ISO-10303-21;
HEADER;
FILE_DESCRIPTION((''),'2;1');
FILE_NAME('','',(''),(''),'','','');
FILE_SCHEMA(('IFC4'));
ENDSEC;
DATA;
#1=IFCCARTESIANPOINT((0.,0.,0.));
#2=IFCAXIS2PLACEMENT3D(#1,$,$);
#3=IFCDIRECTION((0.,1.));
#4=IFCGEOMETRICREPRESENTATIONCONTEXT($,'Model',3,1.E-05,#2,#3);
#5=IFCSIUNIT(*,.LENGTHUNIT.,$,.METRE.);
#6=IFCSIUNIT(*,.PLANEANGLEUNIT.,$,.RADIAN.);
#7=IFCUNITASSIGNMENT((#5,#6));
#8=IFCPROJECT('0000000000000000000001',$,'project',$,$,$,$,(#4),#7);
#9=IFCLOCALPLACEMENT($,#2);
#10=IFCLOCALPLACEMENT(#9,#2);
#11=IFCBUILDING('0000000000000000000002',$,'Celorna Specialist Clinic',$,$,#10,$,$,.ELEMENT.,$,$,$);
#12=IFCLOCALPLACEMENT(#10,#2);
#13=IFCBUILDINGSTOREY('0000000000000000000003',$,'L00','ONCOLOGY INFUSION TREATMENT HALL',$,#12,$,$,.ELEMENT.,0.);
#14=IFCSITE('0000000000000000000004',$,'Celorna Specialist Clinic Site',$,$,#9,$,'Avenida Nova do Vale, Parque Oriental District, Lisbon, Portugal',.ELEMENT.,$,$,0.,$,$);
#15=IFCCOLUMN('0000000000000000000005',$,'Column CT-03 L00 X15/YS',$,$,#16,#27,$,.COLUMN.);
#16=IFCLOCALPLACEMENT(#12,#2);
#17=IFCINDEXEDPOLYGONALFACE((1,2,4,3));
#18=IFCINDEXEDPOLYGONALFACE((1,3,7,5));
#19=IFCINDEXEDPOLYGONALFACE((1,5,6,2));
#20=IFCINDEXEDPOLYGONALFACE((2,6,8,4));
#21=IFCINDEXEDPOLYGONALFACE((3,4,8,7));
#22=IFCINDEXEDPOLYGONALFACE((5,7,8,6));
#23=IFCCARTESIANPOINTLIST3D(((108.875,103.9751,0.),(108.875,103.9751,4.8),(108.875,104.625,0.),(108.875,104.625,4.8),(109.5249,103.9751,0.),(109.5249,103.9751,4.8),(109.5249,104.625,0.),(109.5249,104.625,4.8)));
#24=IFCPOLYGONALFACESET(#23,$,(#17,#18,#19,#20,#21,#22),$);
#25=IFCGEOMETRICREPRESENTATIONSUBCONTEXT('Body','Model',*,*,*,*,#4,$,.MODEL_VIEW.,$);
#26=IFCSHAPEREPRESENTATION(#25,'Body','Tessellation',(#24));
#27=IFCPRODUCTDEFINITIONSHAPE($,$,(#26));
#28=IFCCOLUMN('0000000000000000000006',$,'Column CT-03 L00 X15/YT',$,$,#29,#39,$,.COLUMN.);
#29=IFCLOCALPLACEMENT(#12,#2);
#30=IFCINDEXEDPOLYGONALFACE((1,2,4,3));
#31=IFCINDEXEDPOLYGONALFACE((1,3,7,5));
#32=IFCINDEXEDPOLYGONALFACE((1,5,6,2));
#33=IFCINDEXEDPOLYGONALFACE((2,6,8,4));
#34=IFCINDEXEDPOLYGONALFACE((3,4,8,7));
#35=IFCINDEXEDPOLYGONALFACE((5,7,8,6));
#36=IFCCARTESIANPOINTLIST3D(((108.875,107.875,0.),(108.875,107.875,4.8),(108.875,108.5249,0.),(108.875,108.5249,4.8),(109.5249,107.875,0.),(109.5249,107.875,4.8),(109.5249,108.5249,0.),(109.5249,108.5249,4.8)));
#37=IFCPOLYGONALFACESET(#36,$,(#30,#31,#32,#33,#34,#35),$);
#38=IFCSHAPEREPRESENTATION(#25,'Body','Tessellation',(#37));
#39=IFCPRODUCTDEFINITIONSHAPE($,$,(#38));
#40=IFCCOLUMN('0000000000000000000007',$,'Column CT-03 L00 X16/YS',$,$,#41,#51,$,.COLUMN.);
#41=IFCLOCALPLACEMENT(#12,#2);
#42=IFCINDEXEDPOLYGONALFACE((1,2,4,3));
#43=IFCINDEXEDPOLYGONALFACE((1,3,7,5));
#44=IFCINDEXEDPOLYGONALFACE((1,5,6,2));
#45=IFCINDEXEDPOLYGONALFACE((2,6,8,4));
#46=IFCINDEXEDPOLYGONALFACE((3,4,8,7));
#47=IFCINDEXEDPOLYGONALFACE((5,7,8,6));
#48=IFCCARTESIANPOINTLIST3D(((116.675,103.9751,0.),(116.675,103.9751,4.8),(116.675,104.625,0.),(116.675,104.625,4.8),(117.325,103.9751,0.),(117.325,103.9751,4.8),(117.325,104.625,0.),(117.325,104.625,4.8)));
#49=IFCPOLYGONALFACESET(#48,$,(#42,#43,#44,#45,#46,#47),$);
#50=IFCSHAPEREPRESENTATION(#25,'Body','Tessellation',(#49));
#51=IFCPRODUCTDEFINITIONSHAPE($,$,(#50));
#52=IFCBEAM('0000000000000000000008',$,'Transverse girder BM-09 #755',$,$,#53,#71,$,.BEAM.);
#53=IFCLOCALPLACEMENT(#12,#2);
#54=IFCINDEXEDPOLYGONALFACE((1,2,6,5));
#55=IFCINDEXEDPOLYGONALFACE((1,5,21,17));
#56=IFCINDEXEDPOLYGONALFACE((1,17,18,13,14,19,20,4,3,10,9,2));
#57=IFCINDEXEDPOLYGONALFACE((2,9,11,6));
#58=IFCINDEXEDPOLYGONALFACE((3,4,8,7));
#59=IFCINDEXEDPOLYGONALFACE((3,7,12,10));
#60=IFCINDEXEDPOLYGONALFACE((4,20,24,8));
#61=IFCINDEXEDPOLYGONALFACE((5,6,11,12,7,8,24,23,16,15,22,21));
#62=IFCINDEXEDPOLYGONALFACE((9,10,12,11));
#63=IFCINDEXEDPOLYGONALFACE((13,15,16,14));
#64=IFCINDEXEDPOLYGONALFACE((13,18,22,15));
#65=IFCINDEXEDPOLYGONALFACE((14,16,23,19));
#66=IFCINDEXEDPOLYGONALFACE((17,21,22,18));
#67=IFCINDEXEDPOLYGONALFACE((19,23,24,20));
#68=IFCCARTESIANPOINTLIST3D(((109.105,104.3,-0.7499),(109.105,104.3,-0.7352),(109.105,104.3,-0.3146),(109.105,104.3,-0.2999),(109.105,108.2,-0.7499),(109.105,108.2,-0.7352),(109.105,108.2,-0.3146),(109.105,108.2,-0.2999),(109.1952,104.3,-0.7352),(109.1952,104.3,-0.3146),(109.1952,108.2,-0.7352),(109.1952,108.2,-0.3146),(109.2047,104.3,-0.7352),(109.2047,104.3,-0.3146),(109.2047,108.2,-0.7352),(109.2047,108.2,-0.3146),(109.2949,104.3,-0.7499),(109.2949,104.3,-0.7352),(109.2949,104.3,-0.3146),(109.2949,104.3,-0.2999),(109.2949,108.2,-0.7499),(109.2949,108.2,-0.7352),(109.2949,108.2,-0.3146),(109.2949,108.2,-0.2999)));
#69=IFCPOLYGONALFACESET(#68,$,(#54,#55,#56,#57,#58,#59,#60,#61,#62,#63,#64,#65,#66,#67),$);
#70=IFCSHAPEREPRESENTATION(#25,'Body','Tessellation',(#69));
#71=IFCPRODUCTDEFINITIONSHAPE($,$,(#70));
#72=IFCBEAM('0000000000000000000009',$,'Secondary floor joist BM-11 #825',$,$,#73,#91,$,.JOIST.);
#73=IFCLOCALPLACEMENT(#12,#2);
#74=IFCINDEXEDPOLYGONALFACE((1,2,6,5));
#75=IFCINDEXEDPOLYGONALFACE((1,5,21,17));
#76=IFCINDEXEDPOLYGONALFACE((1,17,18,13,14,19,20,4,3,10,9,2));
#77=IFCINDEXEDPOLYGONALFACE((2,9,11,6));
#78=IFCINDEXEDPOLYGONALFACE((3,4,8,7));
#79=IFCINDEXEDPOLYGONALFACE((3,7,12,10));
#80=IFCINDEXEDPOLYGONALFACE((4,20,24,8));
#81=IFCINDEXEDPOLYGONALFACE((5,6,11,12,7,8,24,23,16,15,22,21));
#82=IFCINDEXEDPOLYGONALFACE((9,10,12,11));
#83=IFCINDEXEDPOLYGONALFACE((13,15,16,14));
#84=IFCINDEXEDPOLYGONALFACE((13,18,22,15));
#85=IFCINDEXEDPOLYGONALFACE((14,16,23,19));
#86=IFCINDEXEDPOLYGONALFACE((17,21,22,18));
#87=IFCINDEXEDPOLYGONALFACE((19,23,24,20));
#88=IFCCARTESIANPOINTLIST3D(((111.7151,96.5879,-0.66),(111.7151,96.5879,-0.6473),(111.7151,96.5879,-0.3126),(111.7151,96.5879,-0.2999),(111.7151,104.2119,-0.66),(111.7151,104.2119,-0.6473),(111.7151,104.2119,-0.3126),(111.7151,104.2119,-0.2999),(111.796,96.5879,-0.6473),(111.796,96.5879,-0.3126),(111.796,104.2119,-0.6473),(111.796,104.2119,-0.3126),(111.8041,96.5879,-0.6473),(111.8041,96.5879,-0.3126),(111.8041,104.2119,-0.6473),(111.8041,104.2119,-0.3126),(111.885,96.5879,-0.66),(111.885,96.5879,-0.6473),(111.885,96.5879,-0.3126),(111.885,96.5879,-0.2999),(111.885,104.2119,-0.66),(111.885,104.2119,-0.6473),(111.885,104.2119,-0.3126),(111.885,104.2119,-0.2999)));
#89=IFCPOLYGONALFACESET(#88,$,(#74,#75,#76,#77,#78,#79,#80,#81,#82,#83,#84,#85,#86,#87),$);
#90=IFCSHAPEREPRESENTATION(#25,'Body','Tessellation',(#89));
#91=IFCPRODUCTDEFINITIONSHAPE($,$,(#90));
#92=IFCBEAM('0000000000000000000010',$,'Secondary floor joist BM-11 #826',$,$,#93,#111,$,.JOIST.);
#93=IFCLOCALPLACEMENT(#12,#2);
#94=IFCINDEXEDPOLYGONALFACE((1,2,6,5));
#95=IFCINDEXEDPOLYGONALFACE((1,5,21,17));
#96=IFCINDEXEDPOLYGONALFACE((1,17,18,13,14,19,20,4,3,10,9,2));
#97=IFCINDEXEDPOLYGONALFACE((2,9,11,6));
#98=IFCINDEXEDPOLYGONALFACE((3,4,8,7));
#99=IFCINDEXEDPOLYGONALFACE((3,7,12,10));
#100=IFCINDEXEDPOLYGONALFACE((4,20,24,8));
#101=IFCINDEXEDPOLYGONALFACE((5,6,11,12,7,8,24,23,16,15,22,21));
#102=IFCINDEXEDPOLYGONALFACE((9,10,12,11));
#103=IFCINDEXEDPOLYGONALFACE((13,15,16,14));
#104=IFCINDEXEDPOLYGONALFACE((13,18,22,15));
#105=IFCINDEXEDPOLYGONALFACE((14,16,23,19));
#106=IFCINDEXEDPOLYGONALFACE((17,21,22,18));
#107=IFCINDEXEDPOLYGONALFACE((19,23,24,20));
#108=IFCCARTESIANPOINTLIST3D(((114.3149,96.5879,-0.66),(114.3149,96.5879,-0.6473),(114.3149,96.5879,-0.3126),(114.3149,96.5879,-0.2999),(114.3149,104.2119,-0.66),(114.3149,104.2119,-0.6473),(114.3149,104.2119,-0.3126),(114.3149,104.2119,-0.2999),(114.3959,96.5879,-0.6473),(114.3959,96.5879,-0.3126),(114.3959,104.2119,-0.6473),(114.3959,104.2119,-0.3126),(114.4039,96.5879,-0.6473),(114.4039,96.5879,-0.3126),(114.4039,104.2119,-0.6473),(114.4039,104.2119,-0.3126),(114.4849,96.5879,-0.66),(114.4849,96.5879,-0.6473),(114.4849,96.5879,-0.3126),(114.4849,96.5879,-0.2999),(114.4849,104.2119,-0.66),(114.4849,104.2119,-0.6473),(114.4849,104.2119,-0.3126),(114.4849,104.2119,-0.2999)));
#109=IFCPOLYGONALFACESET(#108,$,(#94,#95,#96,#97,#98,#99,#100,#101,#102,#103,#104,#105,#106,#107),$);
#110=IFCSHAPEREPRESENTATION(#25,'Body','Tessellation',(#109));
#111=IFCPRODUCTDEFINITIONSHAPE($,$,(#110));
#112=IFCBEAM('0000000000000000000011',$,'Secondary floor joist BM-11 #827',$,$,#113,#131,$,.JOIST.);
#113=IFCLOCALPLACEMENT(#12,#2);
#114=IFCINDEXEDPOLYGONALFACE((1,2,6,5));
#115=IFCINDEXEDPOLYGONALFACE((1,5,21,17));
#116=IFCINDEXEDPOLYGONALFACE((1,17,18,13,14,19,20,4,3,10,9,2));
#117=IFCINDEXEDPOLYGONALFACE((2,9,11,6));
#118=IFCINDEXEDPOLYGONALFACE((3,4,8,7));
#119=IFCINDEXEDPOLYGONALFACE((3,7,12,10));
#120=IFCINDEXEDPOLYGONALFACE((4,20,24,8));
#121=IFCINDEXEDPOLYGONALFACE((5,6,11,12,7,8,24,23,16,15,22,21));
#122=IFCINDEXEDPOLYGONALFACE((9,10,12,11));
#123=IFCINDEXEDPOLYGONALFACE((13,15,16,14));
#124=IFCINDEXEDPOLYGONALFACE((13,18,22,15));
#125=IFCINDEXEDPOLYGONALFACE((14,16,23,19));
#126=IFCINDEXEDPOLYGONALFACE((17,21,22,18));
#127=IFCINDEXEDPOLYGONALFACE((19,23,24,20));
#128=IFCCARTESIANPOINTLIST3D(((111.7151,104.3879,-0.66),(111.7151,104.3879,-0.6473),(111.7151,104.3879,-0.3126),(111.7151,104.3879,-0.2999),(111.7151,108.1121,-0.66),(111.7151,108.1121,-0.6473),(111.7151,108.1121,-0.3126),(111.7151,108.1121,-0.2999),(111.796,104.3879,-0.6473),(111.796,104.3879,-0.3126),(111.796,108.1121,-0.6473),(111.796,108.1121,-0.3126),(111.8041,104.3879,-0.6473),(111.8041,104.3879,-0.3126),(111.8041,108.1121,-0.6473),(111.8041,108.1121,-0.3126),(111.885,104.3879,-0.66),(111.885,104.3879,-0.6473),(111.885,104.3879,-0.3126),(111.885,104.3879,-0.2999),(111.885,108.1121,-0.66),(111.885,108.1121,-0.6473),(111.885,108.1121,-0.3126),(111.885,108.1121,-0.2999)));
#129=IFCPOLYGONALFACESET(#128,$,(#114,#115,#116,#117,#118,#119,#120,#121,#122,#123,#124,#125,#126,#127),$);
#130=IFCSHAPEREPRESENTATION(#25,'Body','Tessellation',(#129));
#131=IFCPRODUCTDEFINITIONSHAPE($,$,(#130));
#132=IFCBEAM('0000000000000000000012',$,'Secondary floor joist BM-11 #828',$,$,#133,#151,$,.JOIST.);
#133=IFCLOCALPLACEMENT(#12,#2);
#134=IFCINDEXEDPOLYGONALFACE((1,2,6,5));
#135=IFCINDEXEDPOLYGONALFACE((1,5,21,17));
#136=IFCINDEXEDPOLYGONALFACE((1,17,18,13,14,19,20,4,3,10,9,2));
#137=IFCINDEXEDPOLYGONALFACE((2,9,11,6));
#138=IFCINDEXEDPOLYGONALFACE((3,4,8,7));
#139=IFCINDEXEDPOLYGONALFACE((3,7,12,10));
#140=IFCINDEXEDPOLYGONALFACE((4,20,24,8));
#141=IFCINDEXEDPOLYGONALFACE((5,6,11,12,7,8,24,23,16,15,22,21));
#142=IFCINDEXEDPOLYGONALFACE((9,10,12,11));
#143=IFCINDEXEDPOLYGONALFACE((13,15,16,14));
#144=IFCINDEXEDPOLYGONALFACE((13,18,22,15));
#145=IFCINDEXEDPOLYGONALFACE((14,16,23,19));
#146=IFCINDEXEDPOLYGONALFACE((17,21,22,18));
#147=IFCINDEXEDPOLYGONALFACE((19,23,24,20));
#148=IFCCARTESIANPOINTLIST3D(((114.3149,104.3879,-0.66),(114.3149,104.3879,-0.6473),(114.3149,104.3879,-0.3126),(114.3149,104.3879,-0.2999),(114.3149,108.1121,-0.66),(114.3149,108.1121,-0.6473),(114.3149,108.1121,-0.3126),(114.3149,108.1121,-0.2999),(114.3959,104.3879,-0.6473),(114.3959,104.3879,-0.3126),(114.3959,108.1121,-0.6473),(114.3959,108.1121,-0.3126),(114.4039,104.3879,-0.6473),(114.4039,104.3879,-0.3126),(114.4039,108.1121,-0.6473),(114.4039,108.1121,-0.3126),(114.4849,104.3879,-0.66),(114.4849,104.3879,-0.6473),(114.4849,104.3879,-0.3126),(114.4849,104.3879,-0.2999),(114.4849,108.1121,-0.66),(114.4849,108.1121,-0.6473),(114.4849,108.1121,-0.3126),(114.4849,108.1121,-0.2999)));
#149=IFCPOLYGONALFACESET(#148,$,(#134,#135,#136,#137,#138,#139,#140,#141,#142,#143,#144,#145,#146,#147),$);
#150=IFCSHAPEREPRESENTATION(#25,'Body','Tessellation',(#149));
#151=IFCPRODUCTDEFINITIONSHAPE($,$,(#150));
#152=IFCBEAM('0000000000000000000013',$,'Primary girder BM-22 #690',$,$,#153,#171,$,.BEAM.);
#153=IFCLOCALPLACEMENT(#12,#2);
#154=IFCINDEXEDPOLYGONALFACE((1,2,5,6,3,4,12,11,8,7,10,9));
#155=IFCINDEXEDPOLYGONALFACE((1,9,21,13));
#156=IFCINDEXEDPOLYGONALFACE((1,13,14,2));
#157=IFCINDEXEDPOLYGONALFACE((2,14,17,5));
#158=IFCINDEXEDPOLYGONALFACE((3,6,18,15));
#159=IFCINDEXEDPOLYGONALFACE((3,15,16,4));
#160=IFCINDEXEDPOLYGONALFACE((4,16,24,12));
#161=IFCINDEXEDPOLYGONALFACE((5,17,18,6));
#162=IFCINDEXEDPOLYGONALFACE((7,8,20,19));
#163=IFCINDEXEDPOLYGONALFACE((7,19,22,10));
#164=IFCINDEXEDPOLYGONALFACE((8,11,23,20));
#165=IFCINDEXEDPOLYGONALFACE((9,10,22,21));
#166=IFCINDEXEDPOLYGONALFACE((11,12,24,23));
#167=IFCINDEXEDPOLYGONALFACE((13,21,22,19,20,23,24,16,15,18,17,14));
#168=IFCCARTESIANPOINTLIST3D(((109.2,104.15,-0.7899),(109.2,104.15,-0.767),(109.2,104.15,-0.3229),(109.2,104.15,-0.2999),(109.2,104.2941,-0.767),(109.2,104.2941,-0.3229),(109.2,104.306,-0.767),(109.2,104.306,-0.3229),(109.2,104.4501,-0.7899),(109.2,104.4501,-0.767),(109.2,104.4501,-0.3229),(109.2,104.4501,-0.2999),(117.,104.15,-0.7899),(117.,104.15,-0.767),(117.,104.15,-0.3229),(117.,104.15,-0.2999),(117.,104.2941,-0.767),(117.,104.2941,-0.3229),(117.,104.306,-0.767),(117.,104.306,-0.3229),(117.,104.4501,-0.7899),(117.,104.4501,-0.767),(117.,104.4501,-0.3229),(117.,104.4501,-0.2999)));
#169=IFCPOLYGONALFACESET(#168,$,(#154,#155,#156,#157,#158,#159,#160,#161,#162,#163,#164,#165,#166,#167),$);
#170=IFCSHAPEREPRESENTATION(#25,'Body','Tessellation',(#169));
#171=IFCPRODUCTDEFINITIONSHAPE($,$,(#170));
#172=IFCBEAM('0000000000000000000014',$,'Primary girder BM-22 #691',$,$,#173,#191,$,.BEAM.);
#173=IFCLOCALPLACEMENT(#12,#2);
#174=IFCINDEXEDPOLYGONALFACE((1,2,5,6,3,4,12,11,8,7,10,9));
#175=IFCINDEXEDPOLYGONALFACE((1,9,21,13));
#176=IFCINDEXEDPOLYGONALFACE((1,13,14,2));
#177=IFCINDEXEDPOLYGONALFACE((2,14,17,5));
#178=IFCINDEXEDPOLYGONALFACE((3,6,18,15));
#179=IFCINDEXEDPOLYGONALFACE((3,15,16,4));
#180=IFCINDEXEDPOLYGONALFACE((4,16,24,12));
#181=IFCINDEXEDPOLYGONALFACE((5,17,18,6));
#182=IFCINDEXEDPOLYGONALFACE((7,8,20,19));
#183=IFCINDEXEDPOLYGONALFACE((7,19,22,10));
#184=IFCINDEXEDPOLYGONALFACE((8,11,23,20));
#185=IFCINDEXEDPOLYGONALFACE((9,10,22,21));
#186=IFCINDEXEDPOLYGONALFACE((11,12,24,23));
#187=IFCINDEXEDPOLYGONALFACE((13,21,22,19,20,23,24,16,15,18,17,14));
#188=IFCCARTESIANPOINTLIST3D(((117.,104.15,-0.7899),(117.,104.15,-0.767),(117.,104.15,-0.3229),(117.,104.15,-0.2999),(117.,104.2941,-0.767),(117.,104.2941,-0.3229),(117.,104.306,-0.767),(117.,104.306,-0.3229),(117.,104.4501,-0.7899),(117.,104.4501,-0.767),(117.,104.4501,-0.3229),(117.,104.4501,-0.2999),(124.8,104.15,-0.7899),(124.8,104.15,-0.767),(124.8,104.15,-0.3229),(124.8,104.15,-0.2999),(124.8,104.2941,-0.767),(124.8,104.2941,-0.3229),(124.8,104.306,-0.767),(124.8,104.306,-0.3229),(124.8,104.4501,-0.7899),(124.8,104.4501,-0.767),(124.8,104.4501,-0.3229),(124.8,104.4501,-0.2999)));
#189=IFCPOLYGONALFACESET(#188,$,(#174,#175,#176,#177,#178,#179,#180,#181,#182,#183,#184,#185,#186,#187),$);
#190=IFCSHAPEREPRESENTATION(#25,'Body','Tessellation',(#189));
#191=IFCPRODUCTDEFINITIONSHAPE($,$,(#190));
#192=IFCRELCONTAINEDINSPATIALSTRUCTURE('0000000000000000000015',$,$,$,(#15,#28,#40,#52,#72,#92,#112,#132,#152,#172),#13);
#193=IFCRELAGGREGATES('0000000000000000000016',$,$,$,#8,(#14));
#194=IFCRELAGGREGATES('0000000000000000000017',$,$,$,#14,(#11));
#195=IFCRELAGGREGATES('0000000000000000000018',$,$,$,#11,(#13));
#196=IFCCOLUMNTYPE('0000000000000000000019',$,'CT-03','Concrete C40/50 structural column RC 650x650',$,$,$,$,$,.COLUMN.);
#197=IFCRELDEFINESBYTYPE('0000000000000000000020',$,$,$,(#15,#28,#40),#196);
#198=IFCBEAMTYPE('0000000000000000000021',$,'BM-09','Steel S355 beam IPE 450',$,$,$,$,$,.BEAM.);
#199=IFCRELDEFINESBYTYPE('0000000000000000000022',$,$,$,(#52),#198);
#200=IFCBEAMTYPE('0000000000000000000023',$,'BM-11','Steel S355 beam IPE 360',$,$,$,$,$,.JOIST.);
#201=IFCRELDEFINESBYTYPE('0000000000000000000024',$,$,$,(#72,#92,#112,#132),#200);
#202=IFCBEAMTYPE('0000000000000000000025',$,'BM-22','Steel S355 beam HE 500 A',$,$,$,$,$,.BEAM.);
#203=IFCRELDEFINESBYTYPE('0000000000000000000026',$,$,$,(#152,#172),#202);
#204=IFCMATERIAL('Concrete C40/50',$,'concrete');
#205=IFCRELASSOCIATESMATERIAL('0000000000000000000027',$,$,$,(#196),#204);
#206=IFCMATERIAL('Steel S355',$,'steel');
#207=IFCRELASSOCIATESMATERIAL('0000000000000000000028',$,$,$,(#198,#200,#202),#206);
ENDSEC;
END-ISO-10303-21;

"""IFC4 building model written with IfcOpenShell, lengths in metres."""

from ifc_helpers import new_model, si_unit, direction, frame, origin, origin_2d, place, context, subcontext, project, spatial, rectangle, i_section, extrude, material, material_profile, profile_set, type_object, element, save


model = new_model("IFC4")

# Units and contexts
model_context = context("Model", 3, precision=1e-05, world=origin(), true_north=direction((0.0, 1.0)))
body_context = subcontext(model_context, "Body", "Model", "MODEL_VIEW")
ifc_project = project(units=[si_unit("LENGTHUNIT", "METRE"), si_unit("PLANEANGLEUNIT", "RADIAN")], contexts=[model_context])

# Site, building, storey
site_placement = place(None, origin())
site = spatial("IfcSite", under=ifc_project, at=site_placement, Name="Celorna Specialist Clinic Site", LongName="Avenida Nova do Vale, Parque Oriental District, Lisbon, Portugal", CompositionType="ELEMENT", RefElevation=0.0)
building_placement = place(site_placement, origin())
building = spatial("IfcBuilding", under=site, at=building_placement, Name="Celorna Specialist Clinic", CompositionType="ELEMENT")
storey_placement = place(building_placement, origin())
storey = spatial("IfcBuildingStorey", under=building, at=storey_placement, Name="L00", Description="ONCOLOGY INFUSION TREATMENT HALL", CompositionType="ELEMENT", Elevation=0.0)

# Columns
ifc_material_1 = material(Name="Concrete C40/50", Category="concrete")
ifc_material_profile_1 = material_profile(ifc_material_1, rectangle(XDim=0.6499, YDim=0.6499, at=origin_2d()), Name="RC 650x650")
ifc_profile_set_1 = profile_set([ifc_material_profile_1], Name="Concrete C40/50")
column_type = type_object("IfcColumnType", Name="CT-03", Description="Concrete C40/50 structural column RC 650x650", PredefinedType="COLUMN", material=ifc_profile_set_1)
for number, where, z_axis, x_axis, name in (
    (1, (109.2, 104.3, 0.0), (0.0, 0.0, 1.0), (1.0, 0.0, 0.0), "Column CT-03 L00 X15/YS"),
    (2, (109.2, 108.2, 0.0), (0.0, 0.0, 1.0), (1.0, 0.0, 0.0), "Column CT-03 L00 X15/YT"),
    (3, (117.0, 104.3, 0.0), (0.0, 0.0, 1.0), (1.0, 0.0, 0.0), "Column CT-03 L00 X16/YS"),
):
    element("IfcColumn", number, at=place(storey_placement, frame(where, z_axis=z_axis, x_axis=x_axis)), inside=storey, type_object=column_type, Name=name, PredefinedType="COLUMN", context=body_context, shape_type="SweptSolid", body=[
        extrude(rectangle(XDim=0.6499, YDim=0.6499, at=origin_2d()), origin(), (0.0, 0.0, 1.0), 4.8),
    ])

# Beams
ifc_material_2 = material(Name="Steel S355", Category="steel")
ifc_material_profile_2 = material_profile(ifc_material_2, i_section(OverallWidth=0.1899, OverallDepth=0.45, WebThickness=0.0095, FlangeThickness=0.0146, at=origin_2d()), Name="IPE 450")
ifc_profile_set_2 = profile_set([ifc_material_profile_2], Name="Steel S355")
beam_type_1 = type_object("IfcBeamType", Name="BM-09", Description="Steel S355 beam IPE 450", PredefinedType="BEAM", material=ifc_profile_set_2)
beam_placement = place(storey_placement, frame((109.2, 104.3, -0.5249), z_axis=(0.0, 1.0, 0.0), x_axis=(-1.0, 0.0, 0.0)))
element("IfcBeam", 4, at=beam_placement, inside=storey, type_object=beam_type_1, Name="Transverse girder BM-09 #755", PredefinedType="BEAM", context=body_context, shape_type="SweptSolid", body=[
    extrude(i_section(OverallWidth=0.1899, OverallDepth=0.45, WebThickness=0.0095, FlangeThickness=0.0146, at=origin_2d()), origin(), (0.0, 0.0, 1.0), 3.8999),
])
ifc_material_profile_3 = material_profile(ifc_material_2, i_section(OverallWidth=0.1699, OverallDepth=0.3601, WebThickness=0.0081, FlangeThickness=0.0127, at=origin_2d()), Name="IPE 360")
ifc_profile_set_3 = profile_set([ifc_material_profile_3], Name="Steel S355")
beam_type_2 = type_object("IfcBeamType", Name="BM-11", Description="Steel S355 beam IPE 360", PredefinedType="JOIST", material=ifc_profile_set_3)
for number, where, z_axis, x_axis, name in (
    (5, (111.8, 96.5879, -0.48), (0.0, 1.0, 0.0), (-1.0, 0.0, 0.0), "Secondary floor joist BM-11 #825"),
    (6, (114.3999, 96.5879, -0.48), (0.0, 1.0, 0.0), (-1.0, 0.0, 0.0), "Secondary floor joist BM-11 #826"),
):
    element("IfcBeam", number, at=place(storey_placement, frame(where, z_axis=z_axis, x_axis=x_axis)), inside=storey, type_object=beam_type_2, Name=name, PredefinedType="JOIST", context=body_context, shape_type="SweptSolid", body=[
        extrude(i_section(OverallWidth=0.1699, OverallDepth=0.3601, WebThickness=0.0081, FlangeThickness=0.0127, at=origin_2d()), origin(), (0.0, 0.0, 1.0), 7.624),
    ])
for number, where, z_axis, x_axis, name in (
    (7, (111.8, 104.3879, -0.48), (0.0, 1.0, 0.0), (-1.0, 0.0, 0.0), "Secondary floor joist BM-11 #827"),
    (8, (114.3999, 104.3879, -0.48), (0.0, 1.0, 0.0), (-1.0, 0.0, 0.0), "Secondary floor joist BM-11 #828"),
):
    element("IfcBeam", number, at=place(storey_placement, frame(where, z_axis=z_axis, x_axis=x_axis)), inside=storey, type_object=beam_type_2, Name=name, PredefinedType="JOIST", context=body_context, shape_type="SweptSolid", body=[
        extrude(i_section(OverallWidth=0.1699, OverallDepth=0.3601, WebThickness=0.0081, FlangeThickness=0.0127, at=origin_2d()), origin(), (0.0, 0.0, 1.0), 3.7241),
    ])
ifc_material_profile_4 = material_profile(ifc_material_2, i_section(OverallWidth=0.3, OverallDepth=0.49, WebThickness=0.012, FlangeThickness=0.0229, at=origin_2d()), Name="HE 500 A")
ifc_profile_set_4 = profile_set([ifc_material_profile_4], Name="Steel S355")
beam_type_3 = type_object("IfcBeamType", Name="BM-22", Description="Steel S355 beam HE 500 A", PredefinedType="BEAM", material=ifc_profile_set_4)
for number, where, z_axis, x_axis, name in (
    (9, (109.2, 104.3, -0.5449), (1.0, 0.0, 0.0), (0.0, 1.0, 0.0), "Primary girder BM-22 #690"),
    (10, (117.0, 104.3, -0.5449), (1.0, 0.0, 0.0), (0.0, 1.0, 0.0), "Primary girder BM-22 #691"),
):
    element("IfcBeam", number, at=place(storey_placement, frame(where, z_axis=z_axis, x_axis=x_axis)), inside=storey, type_object=beam_type_3, Name=name, PredefinedType="BEAM", context=body_context, shape_type="SweptSolid", body=[
        extrude(i_section(OverallWidth=0.3, OverallDepth=0.49, WebThickness=0.012, FlangeThickness=0.0229, at=origin_2d()), origin(), (0.0, 0.0, 1.0), 7.8),
    ])

save(model, "model.ifc")
